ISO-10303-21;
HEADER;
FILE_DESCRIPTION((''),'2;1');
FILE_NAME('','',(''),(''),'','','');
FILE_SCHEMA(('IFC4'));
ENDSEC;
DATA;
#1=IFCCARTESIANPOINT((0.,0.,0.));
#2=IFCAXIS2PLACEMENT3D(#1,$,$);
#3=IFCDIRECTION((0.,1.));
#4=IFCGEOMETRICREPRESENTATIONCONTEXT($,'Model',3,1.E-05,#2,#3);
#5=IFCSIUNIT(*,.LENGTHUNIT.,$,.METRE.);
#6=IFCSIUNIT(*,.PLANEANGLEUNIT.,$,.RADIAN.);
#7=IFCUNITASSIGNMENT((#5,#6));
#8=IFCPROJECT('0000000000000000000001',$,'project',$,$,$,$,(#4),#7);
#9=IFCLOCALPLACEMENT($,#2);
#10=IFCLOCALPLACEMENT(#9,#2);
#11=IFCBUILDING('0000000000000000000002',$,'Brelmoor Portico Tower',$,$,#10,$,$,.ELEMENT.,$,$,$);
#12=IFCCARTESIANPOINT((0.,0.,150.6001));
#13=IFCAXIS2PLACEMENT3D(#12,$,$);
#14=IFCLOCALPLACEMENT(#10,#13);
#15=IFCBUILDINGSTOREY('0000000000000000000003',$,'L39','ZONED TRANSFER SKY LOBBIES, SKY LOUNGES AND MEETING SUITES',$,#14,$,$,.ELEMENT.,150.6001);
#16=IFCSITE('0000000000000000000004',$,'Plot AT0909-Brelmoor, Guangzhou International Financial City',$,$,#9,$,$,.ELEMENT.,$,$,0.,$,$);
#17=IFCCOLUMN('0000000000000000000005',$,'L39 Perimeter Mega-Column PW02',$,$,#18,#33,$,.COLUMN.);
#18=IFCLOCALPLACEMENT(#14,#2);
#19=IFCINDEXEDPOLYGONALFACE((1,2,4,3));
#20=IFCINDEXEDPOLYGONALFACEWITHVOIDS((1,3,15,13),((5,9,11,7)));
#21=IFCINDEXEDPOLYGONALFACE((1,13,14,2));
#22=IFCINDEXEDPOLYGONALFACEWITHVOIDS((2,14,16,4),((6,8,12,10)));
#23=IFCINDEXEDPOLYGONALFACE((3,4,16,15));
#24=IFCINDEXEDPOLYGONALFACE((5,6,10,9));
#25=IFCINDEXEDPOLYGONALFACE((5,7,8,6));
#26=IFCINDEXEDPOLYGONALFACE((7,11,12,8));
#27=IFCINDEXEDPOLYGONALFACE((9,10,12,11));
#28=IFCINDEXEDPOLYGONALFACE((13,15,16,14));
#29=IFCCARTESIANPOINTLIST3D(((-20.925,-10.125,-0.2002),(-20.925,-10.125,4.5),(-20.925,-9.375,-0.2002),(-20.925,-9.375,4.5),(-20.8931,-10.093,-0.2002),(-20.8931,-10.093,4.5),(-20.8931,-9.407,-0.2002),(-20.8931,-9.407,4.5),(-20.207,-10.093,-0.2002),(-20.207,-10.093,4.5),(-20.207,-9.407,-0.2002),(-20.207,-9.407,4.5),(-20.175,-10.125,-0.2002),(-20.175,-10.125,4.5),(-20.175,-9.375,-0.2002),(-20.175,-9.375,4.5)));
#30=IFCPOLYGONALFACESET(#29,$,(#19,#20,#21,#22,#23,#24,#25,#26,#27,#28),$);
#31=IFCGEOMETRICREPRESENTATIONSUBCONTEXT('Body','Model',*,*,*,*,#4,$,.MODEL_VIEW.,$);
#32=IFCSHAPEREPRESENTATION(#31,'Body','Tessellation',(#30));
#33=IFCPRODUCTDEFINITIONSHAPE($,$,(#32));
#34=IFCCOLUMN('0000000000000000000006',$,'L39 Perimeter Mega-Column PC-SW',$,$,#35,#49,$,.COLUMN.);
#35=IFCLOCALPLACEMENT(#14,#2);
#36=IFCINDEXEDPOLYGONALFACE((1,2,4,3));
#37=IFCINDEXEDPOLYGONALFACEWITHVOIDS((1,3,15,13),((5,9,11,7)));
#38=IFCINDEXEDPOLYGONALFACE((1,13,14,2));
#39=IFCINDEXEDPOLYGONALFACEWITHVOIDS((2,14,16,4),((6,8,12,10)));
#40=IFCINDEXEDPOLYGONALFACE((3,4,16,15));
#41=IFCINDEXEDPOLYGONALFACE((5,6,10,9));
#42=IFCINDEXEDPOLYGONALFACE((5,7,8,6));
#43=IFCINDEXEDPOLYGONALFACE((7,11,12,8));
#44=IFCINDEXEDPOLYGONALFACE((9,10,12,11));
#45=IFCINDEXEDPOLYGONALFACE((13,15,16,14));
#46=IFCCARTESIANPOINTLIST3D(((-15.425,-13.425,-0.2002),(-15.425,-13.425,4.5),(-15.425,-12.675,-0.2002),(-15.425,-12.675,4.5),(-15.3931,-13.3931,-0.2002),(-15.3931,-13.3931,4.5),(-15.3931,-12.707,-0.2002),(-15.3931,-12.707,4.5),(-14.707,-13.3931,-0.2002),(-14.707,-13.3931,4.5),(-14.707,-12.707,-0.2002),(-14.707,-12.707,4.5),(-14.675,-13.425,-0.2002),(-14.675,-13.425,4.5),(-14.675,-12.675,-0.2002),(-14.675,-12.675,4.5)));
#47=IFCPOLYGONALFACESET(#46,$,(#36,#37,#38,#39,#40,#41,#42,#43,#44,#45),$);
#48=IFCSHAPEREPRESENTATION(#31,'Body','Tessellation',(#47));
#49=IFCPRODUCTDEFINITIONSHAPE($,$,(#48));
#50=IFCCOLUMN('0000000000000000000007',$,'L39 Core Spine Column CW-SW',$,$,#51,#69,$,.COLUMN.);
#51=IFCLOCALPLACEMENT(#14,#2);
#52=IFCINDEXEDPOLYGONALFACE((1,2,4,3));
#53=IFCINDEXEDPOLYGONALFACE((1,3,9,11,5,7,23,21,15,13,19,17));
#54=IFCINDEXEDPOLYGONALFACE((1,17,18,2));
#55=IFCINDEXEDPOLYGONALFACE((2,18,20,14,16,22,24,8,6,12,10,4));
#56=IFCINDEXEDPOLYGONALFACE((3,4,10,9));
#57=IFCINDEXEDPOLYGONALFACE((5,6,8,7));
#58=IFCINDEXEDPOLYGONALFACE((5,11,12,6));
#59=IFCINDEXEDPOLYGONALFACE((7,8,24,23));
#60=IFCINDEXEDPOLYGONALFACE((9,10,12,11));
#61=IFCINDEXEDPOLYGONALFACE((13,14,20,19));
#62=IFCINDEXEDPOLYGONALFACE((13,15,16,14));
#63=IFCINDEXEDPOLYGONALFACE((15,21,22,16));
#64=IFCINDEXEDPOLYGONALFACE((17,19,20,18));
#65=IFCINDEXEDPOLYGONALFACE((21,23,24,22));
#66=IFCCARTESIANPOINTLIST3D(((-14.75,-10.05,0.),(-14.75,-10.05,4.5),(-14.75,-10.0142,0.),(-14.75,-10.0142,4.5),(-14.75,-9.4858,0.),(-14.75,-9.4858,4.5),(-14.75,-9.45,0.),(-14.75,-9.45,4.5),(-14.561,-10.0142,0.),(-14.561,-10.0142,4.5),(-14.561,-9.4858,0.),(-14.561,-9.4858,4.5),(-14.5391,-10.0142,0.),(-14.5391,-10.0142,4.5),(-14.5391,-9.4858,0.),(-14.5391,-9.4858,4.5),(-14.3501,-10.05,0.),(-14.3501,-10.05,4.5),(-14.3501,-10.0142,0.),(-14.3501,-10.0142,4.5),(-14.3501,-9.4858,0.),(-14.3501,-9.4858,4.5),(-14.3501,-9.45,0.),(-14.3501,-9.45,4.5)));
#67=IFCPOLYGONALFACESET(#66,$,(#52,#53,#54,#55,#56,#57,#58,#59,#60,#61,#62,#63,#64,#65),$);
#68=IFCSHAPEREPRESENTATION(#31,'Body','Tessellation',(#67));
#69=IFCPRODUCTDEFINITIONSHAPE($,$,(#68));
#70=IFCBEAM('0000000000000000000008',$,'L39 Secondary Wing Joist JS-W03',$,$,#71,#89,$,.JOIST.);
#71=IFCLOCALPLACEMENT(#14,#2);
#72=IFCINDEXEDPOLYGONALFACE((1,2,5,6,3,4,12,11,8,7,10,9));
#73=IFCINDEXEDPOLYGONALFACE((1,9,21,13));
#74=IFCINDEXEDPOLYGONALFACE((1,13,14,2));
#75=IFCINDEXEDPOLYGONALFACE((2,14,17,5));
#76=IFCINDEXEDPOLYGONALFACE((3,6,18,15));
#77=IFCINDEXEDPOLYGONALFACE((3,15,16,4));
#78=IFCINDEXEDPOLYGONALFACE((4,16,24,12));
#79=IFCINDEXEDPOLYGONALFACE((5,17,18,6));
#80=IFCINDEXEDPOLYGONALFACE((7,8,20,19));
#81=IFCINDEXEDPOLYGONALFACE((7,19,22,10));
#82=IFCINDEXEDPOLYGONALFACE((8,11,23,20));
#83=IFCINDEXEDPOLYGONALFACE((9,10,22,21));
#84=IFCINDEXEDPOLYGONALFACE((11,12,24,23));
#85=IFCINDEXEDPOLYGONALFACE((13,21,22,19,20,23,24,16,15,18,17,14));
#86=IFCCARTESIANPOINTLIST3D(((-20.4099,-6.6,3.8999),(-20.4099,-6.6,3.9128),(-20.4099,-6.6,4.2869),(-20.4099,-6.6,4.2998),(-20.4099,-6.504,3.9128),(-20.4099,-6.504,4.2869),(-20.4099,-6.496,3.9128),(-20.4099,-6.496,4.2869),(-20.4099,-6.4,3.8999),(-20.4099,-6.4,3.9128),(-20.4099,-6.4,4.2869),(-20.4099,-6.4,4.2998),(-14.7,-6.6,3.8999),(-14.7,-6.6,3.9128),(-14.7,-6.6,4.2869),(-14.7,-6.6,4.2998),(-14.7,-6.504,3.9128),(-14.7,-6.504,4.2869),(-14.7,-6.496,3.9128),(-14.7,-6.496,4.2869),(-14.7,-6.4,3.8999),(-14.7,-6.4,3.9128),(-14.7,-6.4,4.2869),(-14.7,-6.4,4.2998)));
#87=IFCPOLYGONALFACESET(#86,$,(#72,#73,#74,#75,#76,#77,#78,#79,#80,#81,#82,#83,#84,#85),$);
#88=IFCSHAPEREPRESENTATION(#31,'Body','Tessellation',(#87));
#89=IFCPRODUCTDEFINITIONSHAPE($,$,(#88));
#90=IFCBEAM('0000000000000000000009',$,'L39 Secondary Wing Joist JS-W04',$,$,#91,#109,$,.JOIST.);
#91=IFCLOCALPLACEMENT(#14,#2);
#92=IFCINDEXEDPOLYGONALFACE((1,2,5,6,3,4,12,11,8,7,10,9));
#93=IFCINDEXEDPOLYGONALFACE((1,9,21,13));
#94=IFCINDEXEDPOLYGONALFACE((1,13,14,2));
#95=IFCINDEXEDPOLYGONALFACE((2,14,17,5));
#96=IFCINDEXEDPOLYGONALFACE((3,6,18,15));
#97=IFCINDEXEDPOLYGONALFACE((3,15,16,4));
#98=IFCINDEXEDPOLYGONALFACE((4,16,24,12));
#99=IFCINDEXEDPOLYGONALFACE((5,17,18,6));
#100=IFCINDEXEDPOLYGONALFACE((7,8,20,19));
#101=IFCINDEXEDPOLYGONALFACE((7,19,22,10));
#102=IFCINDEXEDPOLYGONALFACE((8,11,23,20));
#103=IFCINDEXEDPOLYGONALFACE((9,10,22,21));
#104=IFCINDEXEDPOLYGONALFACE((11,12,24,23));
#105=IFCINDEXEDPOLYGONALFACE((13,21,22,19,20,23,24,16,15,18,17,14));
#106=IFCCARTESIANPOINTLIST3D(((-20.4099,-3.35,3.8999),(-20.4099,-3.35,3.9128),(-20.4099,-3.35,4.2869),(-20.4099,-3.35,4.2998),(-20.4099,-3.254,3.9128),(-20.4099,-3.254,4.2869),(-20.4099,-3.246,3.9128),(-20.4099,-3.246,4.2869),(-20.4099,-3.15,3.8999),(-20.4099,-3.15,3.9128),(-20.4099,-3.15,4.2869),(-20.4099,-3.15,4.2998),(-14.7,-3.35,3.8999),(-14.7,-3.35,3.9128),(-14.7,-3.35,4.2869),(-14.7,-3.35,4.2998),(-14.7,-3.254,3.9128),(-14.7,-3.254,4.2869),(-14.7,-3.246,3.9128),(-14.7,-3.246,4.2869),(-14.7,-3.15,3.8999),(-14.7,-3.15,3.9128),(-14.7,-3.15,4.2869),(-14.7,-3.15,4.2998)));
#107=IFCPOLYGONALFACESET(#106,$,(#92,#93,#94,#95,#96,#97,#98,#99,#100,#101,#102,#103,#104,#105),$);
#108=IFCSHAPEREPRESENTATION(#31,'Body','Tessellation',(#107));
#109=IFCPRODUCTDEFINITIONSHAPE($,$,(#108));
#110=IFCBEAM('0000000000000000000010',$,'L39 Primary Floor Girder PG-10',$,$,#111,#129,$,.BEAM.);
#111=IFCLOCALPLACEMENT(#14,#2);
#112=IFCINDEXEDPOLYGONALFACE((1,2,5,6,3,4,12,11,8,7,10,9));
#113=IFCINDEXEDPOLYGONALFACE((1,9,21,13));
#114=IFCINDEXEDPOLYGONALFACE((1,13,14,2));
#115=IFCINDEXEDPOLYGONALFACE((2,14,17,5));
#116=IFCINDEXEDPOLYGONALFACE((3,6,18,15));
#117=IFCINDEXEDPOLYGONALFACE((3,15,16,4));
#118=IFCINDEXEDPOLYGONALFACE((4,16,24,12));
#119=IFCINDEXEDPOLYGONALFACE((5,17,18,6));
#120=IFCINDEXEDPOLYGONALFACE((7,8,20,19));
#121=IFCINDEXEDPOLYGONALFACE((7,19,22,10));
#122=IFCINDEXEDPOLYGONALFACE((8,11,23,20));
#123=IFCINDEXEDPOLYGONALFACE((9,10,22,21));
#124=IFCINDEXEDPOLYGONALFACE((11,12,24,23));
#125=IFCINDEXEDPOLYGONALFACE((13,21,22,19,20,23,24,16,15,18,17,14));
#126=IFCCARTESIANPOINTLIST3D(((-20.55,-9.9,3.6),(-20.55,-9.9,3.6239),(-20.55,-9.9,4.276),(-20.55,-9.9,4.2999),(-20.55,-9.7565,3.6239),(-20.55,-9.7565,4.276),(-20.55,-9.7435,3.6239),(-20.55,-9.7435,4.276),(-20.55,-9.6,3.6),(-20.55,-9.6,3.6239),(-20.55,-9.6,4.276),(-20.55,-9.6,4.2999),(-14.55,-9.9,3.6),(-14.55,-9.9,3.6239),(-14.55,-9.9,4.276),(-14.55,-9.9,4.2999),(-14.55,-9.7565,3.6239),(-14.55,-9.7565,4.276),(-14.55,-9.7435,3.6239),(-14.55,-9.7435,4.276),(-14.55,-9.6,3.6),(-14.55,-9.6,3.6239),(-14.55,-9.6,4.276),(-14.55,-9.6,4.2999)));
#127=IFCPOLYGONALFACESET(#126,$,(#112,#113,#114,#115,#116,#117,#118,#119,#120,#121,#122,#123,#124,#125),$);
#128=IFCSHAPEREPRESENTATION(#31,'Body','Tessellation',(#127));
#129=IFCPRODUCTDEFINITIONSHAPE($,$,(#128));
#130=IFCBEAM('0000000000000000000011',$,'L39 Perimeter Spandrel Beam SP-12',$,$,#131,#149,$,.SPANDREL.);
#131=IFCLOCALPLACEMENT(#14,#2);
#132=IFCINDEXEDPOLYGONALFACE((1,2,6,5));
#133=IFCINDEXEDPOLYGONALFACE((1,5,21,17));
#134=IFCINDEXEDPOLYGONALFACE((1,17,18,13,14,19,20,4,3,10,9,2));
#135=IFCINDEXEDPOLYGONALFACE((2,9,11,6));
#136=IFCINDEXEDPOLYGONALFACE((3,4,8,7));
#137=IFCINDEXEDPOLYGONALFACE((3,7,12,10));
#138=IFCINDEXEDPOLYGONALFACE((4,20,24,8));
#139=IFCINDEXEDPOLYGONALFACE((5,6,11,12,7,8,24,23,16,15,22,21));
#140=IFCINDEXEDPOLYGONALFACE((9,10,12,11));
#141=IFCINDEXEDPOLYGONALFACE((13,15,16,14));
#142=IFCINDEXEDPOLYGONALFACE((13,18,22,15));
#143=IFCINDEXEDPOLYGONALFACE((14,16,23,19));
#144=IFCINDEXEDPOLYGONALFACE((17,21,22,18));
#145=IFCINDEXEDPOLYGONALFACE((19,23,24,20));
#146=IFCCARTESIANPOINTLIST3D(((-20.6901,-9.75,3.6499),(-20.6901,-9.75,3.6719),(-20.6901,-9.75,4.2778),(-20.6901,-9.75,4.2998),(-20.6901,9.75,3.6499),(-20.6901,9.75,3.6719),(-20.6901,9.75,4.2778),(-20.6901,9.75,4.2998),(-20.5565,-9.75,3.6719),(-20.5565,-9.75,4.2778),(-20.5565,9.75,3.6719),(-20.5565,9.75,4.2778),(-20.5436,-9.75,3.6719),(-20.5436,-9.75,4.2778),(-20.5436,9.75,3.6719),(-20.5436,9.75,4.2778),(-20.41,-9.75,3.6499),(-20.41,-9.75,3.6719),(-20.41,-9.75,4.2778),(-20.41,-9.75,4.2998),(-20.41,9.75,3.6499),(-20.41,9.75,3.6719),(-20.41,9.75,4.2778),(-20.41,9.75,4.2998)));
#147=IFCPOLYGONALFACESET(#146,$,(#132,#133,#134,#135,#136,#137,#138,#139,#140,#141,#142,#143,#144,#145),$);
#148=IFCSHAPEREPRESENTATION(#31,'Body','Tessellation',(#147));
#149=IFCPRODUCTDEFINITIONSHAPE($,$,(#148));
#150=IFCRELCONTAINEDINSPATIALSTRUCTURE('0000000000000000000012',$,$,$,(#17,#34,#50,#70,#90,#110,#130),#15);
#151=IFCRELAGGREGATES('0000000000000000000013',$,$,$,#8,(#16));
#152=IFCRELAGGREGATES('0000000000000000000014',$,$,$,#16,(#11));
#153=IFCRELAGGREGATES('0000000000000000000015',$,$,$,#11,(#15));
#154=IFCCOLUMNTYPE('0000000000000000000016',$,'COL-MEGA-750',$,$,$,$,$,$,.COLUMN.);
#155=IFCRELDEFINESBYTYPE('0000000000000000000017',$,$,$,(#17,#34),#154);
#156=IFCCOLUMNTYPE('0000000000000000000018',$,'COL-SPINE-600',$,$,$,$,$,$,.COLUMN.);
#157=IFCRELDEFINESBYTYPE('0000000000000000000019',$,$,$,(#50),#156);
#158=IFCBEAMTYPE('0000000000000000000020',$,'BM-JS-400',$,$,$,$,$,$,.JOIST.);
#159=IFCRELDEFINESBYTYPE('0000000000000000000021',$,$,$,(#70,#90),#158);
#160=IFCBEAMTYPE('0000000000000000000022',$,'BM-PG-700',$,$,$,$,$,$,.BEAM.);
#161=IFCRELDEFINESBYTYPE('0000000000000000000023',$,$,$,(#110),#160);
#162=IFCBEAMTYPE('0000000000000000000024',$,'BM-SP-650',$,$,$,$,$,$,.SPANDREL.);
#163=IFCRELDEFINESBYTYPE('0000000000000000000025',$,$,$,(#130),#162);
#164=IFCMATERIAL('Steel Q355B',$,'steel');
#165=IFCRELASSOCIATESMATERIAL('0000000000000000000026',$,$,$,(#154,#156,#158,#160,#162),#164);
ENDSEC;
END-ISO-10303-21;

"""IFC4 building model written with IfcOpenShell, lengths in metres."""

from ifc_helpers import new_model, si_unit, direction, frame, origin, origin_2d, place, context, subcontext, project, spatial, hollow_rectangle, i_section, extrude, material, material_profile, profile_set, type_object, element, save


model = new_model("IFC4")

# Units and contexts
model_context = context("Model", 3, precision=1e-05, world=origin(), true_north=direction((0.0, 1.0)))
body_context = subcontext(model_context, "Body", "Model", "MODEL_VIEW")
ifc_project = project(units=[si_unit("LENGTHUNIT", "METRE"), si_unit("PLANEANGLEUNIT", "RADIAN")], contexts=[model_context])

# Site, building, storey
site_placement = place(None, origin())
site = spatial("IfcSite", under=ifc_project, at=site_placement, Name="Plot AT0909-Brelmoor, Guangzhou International Financial City", CompositionType="ELEMENT", RefElevation=0.0)
building_placement = place(site_placement, origin())
building = spatial("IfcBuilding", under=site, at=building_placement, Name="Brelmoor Portico Tower", CompositionType="ELEMENT")
storey_placement = place(building_placement, frame((0.0, 0.0, 150.6001)))
storey = spatial("IfcBuildingStorey", under=building, at=storey_placement, Name="L39", Description="ZONED TRANSFER SKY LOBBIES, SKY LOUNGES AND MEETING SUITES", CompositionType="ELEMENT", Elevation=150.6001)

# Columns
ifc_material_1 = material(Name="Steel Q355B", Category="steel")
ifc_material_profile_1 = material_profile(ifc_material_1, hollow_rectangle(XDim=0.75, YDim=0.75, WallThickness=0.032, at=origin_2d()), Name="BOX 750x750x32")
ifc_profile_set_1 = profile_set([ifc_material_profile_1], Name="Steel Q355B")
column_type_1 = type_object("IfcColumnType", Name="COL-MEGA-750", PredefinedType="COLUMN", material=ifc_profile_set_1)
for number, where, z_axis, x_axis, name in (
    (1, (-20.55, -9.75, -0.2002), (0.0, 0.0, 1.0), (0.0, 1.0, 0.0), "L39 Perimeter Mega-Column PW02"),
    (2, (-15.05, -13.05, -0.2002), (0.0, 0.0, 1.0), (1.0, 0.0, 0.0), "L39 Perimeter Mega-Column PC-SW"),
):
    element("IfcColumn", number, at=place(storey_placement, frame(where, z_axis=z_axis, x_axis=x_axis)), inside=storey, type_object=column_type_1, Name=name, PredefinedType="COLUMN", context=body_context, shape_type="SweptSolid", body=[
        extrude(hollow_rectangle(XDim=0.75, YDim=0.75, WallThickness=0.032, at=origin_2d()), origin(), (0.0, 0.0, 1.0), 4.7002),
    ])
ifc_material_profile_2 = material_profile(ifc_material_1, i_section(OverallWidth=0.3999, OverallDepth=0.6001, WebThickness=0.022, FlangeThickness=0.0359, at=origin_2d()), Name="HW 600x400x22x36")
ifc_profile_set_2 = profile_set([ifc_material_profile_2], Name="Steel Q355B")
column_type_2 = type_object("IfcColumnType", Name="COL-SPINE-600", PredefinedType="COLUMN", material=ifc_profile_set_2)
column_placement = place(storey_placement, frame((-14.55, -9.75, 0.0), z_axis=(0.0, 0.0, 1.0), x_axis=(1.0, 0.0, 0.0)))
element("IfcColumn", 3, at=column_placement, inside=storey, type_object=column_type_2, Name="L39 Core Spine Column CW-SW", PredefinedType="COLUMN", context=body_context, shape_type="SweptSolid", body=[
    extrude(i_section(OverallWidth=0.3999, OverallDepth=0.6001, WebThickness=0.022, FlangeThickness=0.0359, at=origin_2d()), origin(), (0.0, 0.0, 1.0), 4.5),
])

# Beams
ifc_material_profile_3 = material_profile(ifc_material_1, i_section(OverallWidth=0.2, OverallDepth=0.3999, WebThickness=0.0081, FlangeThickness=0.0129, at=origin_2d()), Name="HN 400x200x8x13")
ifc_profile_set_3 = profile_set([ifc_material_profile_3], Name="Steel Q355B")
beam_type_1 = type_object("IfcBeamType", Name="BM-JS-400", PredefinedType="JOIST", material=ifc_profile_set_3)
for number, where, z_axis, x_axis, name in (
    (4, (-20.4099, -6.5, 4.0999), (1.0, 0.0, 0.0), (0.0, 1.0, 0.0), "L39 Secondary Wing Joist JS-W03"),
    (5, (-20.4099, -3.25, 4.0999), (1.0, 0.0, 0.0), (0.0, 1.0, 0.0), "L39 Secondary Wing Joist JS-W04"),
):
    element("IfcBeam", number, at=place(storey_placement, frame(where, z_axis=z_axis, x_axis=x_axis)), inside=storey, type_object=beam_type_1, Name=name, PredefinedType="JOIST", context=body_context, shape_type="SweptSolid", body=[
        extrude(i_section(OverallWidth=0.2, OverallDepth=0.3999, WebThickness=0.0081, FlangeThickness=0.0129, at=origin_2d()), origin(), (0.0, 0.0, 1.0), 5.71),
    ])
ifc_material_profile_4 = material_profile(ifc_material_1, i_section(OverallWidth=0.3, OverallDepth=0.7, WebThickness=0.0129, FlangeThickness=0.0239, at=origin_2d()), Name="HN 700x300x13x24")
ifc_profile_set_4 = profile_set([ifc_material_profile_4], Name="Steel Q355B")
beam_type_2 = type_object("IfcBeamType", Name="BM-PG-700", PredefinedType="BEAM", material=ifc_profile_set_4)
beam_1_placement = place(storey_placement, frame((-20.55, -9.75, 3.95), z_axis=(1.0, 0.0, 0.0), x_axis=(0.0, 1.0, 0.0)))
element("IfcBeam", 6, at=beam_1_placement, inside=storey, type_object=beam_type_2, Name="L39 Primary Floor Girder PG-10", PredefinedType="BEAM", context=body_context, shape_type="SweptSolid", body=[
    extrude(i_section(OverallWidth=0.3, OverallDepth=0.7, WebThickness=0.0129, FlangeThickness=0.0239, at=origin_2d()), origin(), (0.0, 0.0, 1.0), 6.0),
])
ifc_material_profile_5 = material_profile(ifc_material_1, i_section(OverallWidth=0.28, OverallDepth=0.6499, WebThickness=0.0129, FlangeThickness=0.022, at=origin_2d()), Name="HN 650x280x13x22")
ifc_profile_set_5 = profile_set([ifc_material_profile_5], Name="Steel Q355B")
beam_type_3 = type_object("IfcBeamType", Name="BM-SP-650", PredefinedType="SPANDREL", material=ifc_profile_set_5)
beam_2_placement = place(storey_placement, frame((-20.55, -9.75, 3.9749), z_axis=(0.0, 1.0, 0.0), x_axis=(-1.0, 0.0, 0.0)))
element("IfcBeam", 7, at=beam_2_placement, inside=storey, type_object=beam_type_3, Name="L39 Perimeter Spandrel Beam SP-12", PredefinedType="SPANDREL", context=body_context, shape_type="SweptSolid", body=[
    extrude(i_section(OverallWidth=0.28, OverallDepth=0.6499, WebThickness=0.0129, FlangeThickness=0.022, at=origin_2d()), origin(), (0.0, 0.0, 1.0), 19.5),
])

save(model, "model.ifc")
